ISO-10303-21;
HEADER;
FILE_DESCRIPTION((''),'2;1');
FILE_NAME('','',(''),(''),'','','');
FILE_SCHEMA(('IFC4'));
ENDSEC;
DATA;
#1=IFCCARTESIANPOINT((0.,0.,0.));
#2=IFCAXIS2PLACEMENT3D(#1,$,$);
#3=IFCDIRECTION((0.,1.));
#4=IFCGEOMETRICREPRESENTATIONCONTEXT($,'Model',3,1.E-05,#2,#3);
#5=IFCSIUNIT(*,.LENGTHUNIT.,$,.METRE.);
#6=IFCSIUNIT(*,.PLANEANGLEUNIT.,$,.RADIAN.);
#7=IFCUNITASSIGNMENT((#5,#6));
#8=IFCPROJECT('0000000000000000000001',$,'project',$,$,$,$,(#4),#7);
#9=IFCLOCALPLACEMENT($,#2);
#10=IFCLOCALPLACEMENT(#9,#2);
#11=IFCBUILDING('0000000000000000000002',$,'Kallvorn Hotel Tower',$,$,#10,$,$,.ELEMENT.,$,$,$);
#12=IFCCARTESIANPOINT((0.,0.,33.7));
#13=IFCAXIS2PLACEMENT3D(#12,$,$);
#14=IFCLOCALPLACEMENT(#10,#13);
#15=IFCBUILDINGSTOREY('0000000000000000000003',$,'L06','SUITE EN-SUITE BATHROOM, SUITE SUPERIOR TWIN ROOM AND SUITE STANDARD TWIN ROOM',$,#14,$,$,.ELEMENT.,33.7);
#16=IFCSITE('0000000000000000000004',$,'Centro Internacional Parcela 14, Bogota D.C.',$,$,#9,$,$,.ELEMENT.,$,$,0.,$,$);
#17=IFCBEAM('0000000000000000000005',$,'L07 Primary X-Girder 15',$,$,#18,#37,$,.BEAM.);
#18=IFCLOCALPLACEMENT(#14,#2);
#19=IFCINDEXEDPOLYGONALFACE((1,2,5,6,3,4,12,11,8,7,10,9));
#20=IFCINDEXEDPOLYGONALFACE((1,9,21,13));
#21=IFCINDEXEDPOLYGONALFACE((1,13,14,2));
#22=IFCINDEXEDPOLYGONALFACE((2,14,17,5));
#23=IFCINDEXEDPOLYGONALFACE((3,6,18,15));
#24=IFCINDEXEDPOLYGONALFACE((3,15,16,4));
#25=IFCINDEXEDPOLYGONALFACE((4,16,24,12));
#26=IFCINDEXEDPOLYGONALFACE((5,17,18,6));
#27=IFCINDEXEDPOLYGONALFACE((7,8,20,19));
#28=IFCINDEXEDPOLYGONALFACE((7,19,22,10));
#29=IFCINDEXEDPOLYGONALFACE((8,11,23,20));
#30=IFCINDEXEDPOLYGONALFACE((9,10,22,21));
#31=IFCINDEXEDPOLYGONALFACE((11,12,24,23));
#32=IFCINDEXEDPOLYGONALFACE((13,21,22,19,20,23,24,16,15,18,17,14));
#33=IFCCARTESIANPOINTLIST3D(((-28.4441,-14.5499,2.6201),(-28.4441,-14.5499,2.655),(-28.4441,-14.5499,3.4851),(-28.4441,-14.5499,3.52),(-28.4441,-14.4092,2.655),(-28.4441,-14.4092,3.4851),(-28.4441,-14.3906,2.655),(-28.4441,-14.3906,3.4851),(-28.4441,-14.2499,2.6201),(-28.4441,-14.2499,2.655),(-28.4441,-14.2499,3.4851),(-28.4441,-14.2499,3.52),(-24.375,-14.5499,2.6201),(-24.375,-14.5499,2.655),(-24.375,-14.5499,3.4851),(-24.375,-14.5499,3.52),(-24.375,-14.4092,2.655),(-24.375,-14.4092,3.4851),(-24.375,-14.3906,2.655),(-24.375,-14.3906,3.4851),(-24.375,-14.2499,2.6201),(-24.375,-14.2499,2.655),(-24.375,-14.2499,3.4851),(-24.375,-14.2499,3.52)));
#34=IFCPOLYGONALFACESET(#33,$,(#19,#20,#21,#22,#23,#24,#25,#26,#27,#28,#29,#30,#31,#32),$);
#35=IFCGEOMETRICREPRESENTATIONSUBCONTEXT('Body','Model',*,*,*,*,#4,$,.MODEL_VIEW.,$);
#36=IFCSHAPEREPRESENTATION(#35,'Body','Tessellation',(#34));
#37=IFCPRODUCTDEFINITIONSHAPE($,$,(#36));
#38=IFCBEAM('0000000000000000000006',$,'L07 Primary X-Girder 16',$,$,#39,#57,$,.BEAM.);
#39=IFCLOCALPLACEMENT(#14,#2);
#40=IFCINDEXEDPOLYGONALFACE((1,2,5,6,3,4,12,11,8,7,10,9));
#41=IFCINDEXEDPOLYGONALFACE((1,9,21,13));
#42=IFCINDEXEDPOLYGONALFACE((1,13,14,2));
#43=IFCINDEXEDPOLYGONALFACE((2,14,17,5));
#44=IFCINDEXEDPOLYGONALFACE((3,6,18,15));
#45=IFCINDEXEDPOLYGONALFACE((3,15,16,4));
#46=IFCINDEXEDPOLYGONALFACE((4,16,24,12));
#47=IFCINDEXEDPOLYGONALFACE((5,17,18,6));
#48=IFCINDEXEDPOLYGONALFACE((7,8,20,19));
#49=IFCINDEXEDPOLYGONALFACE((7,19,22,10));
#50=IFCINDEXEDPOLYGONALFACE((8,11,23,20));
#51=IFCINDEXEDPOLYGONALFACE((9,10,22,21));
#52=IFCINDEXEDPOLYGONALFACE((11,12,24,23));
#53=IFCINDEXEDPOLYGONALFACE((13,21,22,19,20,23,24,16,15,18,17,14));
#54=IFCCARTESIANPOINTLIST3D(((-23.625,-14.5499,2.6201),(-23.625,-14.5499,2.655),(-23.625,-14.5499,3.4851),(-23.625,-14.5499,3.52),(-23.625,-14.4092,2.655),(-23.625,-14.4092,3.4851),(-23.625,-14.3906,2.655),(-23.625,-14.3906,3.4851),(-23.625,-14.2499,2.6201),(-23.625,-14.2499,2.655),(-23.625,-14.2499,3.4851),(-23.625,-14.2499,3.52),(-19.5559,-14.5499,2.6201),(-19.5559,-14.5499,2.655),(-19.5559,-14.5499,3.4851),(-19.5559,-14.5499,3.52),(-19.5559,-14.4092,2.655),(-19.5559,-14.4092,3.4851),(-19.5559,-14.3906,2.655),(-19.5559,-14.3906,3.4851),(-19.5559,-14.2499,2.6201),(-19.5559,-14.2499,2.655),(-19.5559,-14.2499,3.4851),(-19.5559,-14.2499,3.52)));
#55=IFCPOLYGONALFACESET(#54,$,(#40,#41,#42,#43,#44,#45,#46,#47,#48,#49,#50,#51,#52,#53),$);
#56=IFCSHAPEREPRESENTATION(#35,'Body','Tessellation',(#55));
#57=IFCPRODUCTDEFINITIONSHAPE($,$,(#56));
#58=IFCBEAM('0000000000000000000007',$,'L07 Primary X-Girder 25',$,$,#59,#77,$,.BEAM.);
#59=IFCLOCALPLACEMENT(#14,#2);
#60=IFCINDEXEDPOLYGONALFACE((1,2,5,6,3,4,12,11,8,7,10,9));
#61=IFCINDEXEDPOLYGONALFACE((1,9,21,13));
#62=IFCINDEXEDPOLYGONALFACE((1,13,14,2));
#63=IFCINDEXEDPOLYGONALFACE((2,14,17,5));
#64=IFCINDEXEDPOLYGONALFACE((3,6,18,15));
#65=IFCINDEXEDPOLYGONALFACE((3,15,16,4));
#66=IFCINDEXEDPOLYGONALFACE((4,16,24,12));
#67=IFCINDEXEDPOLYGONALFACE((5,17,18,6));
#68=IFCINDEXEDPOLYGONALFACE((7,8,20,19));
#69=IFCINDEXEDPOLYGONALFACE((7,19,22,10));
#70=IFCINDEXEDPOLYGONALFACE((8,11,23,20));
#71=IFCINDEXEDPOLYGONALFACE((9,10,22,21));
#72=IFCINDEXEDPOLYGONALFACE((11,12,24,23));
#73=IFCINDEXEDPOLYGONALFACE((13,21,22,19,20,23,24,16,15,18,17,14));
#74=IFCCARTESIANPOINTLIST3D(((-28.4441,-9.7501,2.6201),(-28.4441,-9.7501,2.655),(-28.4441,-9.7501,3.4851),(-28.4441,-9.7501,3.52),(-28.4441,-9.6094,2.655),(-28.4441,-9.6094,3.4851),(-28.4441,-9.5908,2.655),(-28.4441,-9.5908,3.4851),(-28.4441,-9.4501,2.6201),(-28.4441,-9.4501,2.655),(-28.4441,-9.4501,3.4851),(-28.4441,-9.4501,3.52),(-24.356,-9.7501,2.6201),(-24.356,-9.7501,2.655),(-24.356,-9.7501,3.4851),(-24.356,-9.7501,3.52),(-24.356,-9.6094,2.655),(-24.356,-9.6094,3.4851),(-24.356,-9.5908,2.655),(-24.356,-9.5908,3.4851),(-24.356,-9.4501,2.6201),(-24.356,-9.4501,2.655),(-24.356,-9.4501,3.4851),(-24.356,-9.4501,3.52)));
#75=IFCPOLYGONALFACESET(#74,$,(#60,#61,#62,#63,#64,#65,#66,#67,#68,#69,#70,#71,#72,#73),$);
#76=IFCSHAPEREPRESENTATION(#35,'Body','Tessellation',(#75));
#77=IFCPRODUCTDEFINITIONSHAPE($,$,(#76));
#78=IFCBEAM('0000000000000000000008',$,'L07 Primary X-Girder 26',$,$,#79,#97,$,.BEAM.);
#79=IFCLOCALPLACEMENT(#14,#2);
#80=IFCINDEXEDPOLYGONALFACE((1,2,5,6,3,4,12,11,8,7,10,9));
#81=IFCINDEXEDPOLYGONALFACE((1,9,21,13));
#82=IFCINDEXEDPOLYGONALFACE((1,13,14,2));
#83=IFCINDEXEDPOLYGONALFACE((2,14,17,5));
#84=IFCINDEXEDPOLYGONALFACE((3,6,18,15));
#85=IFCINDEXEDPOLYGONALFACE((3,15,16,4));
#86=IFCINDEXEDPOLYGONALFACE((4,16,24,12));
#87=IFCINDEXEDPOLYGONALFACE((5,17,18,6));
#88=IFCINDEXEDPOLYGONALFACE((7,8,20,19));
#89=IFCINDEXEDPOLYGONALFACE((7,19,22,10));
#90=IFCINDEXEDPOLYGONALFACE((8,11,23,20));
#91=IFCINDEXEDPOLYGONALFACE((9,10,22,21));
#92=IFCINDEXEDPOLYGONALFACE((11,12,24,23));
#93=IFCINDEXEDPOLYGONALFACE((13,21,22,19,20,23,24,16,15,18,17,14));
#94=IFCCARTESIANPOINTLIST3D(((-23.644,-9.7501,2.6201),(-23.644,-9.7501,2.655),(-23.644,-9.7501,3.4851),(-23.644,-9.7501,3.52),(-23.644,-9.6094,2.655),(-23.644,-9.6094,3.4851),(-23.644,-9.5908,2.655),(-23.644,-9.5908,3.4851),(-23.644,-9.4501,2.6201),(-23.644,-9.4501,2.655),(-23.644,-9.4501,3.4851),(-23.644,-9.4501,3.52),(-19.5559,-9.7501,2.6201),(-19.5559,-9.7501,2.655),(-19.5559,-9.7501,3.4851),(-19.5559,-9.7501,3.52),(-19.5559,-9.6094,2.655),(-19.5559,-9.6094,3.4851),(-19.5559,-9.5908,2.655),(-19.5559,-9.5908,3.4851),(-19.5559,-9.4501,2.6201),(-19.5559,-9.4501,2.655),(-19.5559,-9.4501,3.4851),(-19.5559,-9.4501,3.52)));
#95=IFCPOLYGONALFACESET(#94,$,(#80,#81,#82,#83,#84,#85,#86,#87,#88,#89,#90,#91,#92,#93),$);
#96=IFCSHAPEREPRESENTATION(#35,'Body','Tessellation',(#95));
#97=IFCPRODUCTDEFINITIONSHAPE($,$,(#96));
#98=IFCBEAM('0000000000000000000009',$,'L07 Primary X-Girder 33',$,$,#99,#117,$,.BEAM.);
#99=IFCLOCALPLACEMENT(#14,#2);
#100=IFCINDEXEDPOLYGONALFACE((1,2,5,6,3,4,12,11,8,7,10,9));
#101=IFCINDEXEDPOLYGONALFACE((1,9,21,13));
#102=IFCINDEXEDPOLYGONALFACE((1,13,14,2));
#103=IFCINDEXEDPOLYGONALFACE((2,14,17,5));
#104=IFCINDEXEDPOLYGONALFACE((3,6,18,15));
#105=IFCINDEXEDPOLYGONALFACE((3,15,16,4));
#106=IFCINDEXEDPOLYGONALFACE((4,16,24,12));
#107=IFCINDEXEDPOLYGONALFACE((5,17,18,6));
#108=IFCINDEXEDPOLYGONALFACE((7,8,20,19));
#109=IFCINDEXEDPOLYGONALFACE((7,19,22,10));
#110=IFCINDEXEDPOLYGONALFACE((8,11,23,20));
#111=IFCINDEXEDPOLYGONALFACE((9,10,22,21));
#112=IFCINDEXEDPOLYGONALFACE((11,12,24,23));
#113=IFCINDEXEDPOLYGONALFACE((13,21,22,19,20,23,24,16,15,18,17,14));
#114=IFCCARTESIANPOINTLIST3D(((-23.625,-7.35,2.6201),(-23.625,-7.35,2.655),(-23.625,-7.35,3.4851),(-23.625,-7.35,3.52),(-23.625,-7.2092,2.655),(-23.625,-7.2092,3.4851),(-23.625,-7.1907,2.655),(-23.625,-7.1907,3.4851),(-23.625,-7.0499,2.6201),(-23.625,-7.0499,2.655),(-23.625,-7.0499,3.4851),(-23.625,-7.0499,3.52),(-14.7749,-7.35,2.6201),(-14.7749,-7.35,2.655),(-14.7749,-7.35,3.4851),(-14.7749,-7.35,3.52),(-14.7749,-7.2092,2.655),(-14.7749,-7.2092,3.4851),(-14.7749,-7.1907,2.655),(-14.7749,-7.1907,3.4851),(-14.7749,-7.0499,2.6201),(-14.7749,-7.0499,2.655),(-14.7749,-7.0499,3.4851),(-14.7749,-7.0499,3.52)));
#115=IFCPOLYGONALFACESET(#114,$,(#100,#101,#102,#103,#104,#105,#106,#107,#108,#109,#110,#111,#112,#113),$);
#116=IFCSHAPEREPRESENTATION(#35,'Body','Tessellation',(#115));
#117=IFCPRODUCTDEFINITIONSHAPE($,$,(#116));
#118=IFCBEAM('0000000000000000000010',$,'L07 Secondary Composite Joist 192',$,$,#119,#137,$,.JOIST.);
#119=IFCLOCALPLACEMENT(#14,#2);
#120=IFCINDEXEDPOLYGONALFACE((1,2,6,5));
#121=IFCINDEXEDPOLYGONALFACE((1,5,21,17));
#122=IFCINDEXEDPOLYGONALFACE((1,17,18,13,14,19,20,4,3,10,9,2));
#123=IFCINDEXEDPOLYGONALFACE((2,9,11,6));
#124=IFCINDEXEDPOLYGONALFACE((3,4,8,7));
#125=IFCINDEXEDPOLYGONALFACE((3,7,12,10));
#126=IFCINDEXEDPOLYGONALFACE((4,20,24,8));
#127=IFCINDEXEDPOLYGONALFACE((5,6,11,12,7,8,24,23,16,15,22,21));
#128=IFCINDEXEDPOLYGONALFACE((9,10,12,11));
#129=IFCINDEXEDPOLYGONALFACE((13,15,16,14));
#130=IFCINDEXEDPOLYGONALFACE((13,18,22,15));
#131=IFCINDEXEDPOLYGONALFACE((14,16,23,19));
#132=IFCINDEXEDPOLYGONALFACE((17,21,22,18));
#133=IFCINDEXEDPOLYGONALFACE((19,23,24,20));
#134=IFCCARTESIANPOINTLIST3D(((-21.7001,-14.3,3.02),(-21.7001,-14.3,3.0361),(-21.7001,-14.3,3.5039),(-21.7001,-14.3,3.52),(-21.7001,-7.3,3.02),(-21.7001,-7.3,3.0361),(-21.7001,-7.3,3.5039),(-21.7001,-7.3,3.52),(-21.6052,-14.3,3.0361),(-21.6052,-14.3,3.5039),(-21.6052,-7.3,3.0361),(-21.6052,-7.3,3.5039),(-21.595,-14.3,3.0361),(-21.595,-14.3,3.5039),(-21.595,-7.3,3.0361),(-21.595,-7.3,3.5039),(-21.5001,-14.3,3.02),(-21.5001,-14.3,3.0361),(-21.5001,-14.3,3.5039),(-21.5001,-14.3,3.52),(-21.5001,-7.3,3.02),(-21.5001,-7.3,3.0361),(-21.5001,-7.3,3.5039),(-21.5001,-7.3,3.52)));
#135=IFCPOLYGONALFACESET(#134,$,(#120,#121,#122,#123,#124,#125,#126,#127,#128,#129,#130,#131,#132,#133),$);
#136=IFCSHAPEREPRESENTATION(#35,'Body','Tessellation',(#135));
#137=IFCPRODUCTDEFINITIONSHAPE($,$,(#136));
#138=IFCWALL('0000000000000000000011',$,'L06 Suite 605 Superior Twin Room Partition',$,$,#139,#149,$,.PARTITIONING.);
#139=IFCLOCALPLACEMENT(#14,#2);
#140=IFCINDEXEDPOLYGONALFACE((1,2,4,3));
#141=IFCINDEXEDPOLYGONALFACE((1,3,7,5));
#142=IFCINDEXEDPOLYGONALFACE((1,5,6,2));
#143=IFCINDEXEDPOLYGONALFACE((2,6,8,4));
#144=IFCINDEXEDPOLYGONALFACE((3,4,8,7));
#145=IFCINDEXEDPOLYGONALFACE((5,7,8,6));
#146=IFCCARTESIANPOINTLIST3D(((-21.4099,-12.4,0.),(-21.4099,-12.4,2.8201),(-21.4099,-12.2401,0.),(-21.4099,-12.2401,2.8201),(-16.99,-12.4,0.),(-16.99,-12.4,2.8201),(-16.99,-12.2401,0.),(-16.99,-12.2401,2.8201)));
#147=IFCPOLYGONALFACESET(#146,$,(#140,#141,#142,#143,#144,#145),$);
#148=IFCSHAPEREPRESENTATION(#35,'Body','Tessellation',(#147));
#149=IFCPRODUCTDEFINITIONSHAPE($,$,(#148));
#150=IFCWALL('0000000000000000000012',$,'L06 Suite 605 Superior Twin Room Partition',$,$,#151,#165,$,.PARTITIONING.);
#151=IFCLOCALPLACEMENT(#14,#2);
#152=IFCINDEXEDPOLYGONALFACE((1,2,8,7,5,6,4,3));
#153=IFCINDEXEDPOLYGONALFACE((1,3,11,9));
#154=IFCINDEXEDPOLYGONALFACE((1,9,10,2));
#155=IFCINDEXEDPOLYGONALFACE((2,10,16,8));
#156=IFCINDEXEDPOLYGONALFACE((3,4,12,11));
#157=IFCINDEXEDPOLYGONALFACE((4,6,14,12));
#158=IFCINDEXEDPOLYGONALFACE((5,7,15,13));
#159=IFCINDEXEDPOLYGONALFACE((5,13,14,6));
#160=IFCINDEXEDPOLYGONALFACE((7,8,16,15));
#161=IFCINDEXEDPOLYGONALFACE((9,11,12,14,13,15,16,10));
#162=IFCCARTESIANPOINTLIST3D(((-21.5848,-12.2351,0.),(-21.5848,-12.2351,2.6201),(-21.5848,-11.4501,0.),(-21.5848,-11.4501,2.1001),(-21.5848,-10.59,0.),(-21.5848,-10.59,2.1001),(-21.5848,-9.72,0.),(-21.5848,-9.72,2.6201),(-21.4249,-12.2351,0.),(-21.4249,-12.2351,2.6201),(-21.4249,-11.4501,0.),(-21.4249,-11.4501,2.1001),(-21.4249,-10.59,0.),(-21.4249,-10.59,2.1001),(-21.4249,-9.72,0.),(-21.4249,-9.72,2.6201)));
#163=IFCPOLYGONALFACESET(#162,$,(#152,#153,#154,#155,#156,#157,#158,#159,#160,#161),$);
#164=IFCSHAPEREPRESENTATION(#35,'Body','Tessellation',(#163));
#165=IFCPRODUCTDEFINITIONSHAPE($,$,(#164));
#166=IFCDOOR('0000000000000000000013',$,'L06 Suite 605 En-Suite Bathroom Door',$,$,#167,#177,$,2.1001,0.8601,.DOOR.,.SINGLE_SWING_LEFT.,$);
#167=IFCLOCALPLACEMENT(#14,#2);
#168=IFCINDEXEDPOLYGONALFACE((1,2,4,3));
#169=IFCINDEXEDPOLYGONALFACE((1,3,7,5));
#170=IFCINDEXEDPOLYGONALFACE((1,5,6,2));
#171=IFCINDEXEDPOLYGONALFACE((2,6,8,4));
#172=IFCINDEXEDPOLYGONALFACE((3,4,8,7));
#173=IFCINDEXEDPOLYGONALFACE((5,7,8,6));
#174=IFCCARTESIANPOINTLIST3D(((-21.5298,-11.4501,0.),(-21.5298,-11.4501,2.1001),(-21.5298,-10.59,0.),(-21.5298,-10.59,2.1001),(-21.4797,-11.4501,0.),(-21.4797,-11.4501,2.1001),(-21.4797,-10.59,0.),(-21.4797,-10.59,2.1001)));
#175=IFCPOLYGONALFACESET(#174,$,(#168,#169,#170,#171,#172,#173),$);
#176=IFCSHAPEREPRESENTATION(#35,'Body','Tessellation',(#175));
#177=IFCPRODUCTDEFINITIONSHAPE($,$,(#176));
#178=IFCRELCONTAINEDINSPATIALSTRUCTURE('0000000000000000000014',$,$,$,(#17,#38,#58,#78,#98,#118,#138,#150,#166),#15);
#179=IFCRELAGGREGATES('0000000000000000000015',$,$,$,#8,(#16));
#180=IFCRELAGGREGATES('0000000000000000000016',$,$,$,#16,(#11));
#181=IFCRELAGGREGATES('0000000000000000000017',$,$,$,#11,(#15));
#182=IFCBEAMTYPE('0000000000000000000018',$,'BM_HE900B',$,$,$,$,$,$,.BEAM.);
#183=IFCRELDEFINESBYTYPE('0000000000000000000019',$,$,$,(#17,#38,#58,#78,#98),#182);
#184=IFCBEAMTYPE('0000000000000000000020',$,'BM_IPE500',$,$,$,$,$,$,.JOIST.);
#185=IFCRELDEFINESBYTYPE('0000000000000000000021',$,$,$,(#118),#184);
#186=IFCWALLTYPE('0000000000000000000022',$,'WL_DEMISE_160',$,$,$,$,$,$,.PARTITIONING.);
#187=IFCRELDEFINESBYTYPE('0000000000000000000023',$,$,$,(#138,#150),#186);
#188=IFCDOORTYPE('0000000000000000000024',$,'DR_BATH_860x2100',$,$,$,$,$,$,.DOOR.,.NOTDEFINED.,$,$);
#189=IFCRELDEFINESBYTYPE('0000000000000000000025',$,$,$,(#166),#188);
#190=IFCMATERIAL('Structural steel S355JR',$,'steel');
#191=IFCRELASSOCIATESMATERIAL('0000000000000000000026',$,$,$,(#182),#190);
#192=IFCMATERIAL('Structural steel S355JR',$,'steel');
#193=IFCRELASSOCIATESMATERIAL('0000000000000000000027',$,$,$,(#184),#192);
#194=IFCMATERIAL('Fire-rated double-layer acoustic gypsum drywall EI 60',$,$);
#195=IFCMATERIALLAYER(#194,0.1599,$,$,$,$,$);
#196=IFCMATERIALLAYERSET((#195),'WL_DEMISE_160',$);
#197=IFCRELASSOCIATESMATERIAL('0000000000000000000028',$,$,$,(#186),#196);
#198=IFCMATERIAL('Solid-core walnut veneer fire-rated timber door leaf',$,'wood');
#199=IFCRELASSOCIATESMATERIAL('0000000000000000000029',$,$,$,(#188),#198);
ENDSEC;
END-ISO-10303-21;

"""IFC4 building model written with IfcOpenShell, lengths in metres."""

from ifc_helpers import new_model, si_unit, direction, frame, frame_2d, origin, origin_2d, place, context, subcontext, project, spatial, rectangle, i_section, extrude, material, layer, layer_set, material_profile, profile_set, type_object, element, fill, save


model = new_model("IFC4")

# Units and contexts
model_context = context("Model", 3, precision=1e-05, world=origin(), true_north=direction((0.0, 1.0)))
body_context = subcontext(model_context, "Body", "Model", "MODEL_VIEW")
ifc_project = project(units=[si_unit("LENGTHUNIT", "METRE"), si_unit("PLANEANGLEUNIT", "RADIAN")], contexts=[model_context])

# Site, building, storey
site_placement = place(None, origin())
site = spatial("IfcSite", under=ifc_project, at=site_placement, Name="Centro Internacional Parcela 14, Bogota D.C.", CompositionType="ELEMENT", RefElevation=0.0)
building_placement = place(site_placement, origin())
building = spatial("IfcBuilding", under=site, at=building_placement, Name="Kallvorn Hotel Tower", CompositionType="ELEMENT")
storey_placement = place(building_placement, frame((0.0, 0.0, 33.7)))
storey = spatial("IfcBuildingStorey", under=building, at=storey_placement, Name="L06", Description="SUITE EN-SUITE BATHROOM, SUITE SUPERIOR TWIN ROOM AND SUITE STANDARD TWIN ROOM", CompositionType="ELEMENT", Elevation=33.7)

# Beams
ifc_material_1 = material(Name="Structural steel S355JR", Category="steel")
ifc_material_profile_1 = material_profile(ifc_material_1, i_section(OverallWidth=0.3, OverallDepth=0.8999, WebThickness=0.0186, FlangeThickness=0.0349, at=origin_2d()), Name="HE 900 B")
ifc_profile_set_1 = profile_set([ifc_material_profile_1], Name="Structural steel S355JR")
beam_type_1 = type_object("IfcBeamType", Name="BM_HE900B", PredefinedType="BEAM", material=ifc_profile_set_1)
for number, where, z_axis, x_axis, name in (
    (1, (-28.4441, -14.3999, 3.0701), (1.0, 0.0, 0.0), (0.0, 1.0, 0.0), "L07 Primary X-Girder 15"),
    (2, (-23.625, -14.3999, 3.0701), (1.0, 0.0, 0.0), (0.0, 1.0, 0.0), "L07 Primary X-Girder 16"),
):
    element("IfcBeam", number, at=place(storey_placement, frame(where, z_axis=z_axis, x_axis=x_axis)), inside=storey, type_object=beam_type_1, Name=name, PredefinedType="BEAM", context=body_context, shape_type="SweptSolid", body=[
        extrude(i_section(OverallWidth=0.3, OverallDepth=0.8999, WebThickness=0.0186, FlangeThickness=0.0349, at=origin_2d()), origin(), (0.0, 0.0, 1.0), 4.0691),
    ])
for number, where, z_axis, x_axis, name in (
    (3, (-28.4441, -9.6001, 3.0701), (1.0, 0.0, 0.0), (0.0, 1.0, 0.0), "L07 Primary X-Girder 25"),
    (4, (-23.644, -9.6001, 3.0701), (1.0, 0.0, 0.0), (0.0, 1.0, 0.0), "L07 Primary X-Girder 26"),
):
    element("IfcBeam", number, at=place(storey_placement, frame(where, z_axis=z_axis, x_axis=x_axis)), inside=storey, type_object=beam_type_1, Name=name, PredefinedType="BEAM", context=body_context, shape_type="SweptSolid", body=[
        extrude(i_section(OverallWidth=0.3, OverallDepth=0.8999, WebThickness=0.0186, FlangeThickness=0.0349, at=origin_2d()), origin(), (0.0, 0.0, 1.0), 4.0881),
    ])
beam_1_placement = place(storey_placement, frame((-23.625, -7.2, 3.0701), z_axis=(1.0, 0.0, 0.0), x_axis=(0.0, 1.0, 0.0)))
element("IfcBeam", 5, at=beam_1_placement, inside=storey, type_object=beam_type_1, Name="L07 Primary X-Girder 33", PredefinedType="BEAM", context=body_context, shape_type="SweptSolid", body=[
    extrude(i_section(OverallWidth=0.3, OverallDepth=0.8999, WebThickness=0.0186, FlangeThickness=0.0349, at=origin_2d()), origin(), (0.0, 0.0, 1.0), 8.8501),
])
ifc_material_2 = material(Name="Structural steel S355JR", Category="steel")
ifc_material_profile_2 = material_profile(ifc_material_2, i_section(OverallWidth=0.2, OverallDepth=0.5, WebThickness=0.0103, FlangeThickness=0.0161, at=origin_2d()), Name="IPE 500")
ifc_profile_set_2 = profile_set([ifc_material_profile_2], Name="Structural steel S355JR")
beam_type_2 = type_object("IfcBeamType", Name="BM_IPE500", PredefinedType="JOIST", material=ifc_profile_set_2)
beam_2_placement = place(storey_placement, frame((-21.6001, -14.3, 3.27), z_axis=(0.0, 1.0, 0.0), x_axis=(-1.0, 0.0, 0.0)))
element("IfcBeam", 6, at=beam_2_placement, inside=storey, type_object=beam_type_2, Name="L07 Secondary Composite Joist 192", PredefinedType="JOIST", context=body_context, shape_type="SweptSolid", body=[
    extrude(i_section(OverallWidth=0.2, OverallDepth=0.5, WebThickness=0.0103, FlangeThickness=0.0161, at=origin_2d()), origin(), (0.0, 0.0, 1.0), 7.0),
])

# Wall
ifc_material_3 = material(Name="Fire-rated double-layer acoustic gypsum drywall EI 60")
ifc_layer = layer(ifc_material_3, 0.1599)
ifc_layer_set = layer_set([ifc_layer], Name="WL_DEMISE_160")
wall_type = type_object("IfcWallType", Name="WL_DEMISE_160", PredefinedType="PARTITIONING", material=ifc_layer_set)
wall_1_placement = place(storey_placement, frame((-21.4099, -12.3201, 0.0), z_axis=(0.0, 0.0, 1.0), x_axis=(1.0, 0.0, 0.0)))
element("IfcWall", 7, at=wall_1_placement, inside=storey, type_object=wall_type, Name="L06 Suite 605 Superior Twin Room Partition", PredefinedType="PARTITIONING", context=body_context, shape_type="SweptSolid", body=[
    extrude(rectangle(XDim=4.4199, YDim=0.1599, at=frame_2d((2.21, 0.0))), origin(), (0.0, 0.0, 1.0), 2.8201),
])

# Wall, opening, door
wall_2_placement = place(storey_placement, frame((-21.5049, -12.2351, 0.0), z_axis=(0.0, 0.0, 1.0), x_axis=(0.0, 1.0, 0.0)))
wall_2 = element("IfcWall", 8, at=wall_2_placement, inside=storey, type_object=wall_type, Name="L06 Suite 605 Superior Twin Room Partition", PredefinedType="PARTITIONING", context=body_context, shape_type="SweptSolid", body=[
    extrude(rectangle(XDim=2.5151, YDim=0.1599, at=frame_2d((1.2576, 0.0))), origin(), (0.0, 0.0, 1.0), 2.6201),
])
opening_placement = place(wall_2_placement, frame((0.7849, 0.0, 0.0)))
opening = element("IfcOpeningElement", 9, at=opening_placement, cuts=wall_2, PredefinedType="OPENING", context=body_context, shape_type="SweptSolid", body=[
    extrude(rectangle(XDim=0.8601, YDim=2.1001, at=frame_2d((0.4302, 1.05))), frame((0.0, 0.095, 0.0), z_axis=(0.0, -1.0, 0.0), x_axis=(1.0, 0.0, 0.0)), (0.0, 0.0, 1.0), 0.1899),
])
ifc_material_4 = material(Name="Solid-core walnut veneer fire-rated timber door leaf", Category="wood")
door_type = type_object("IfcDoorType", Name="DR_BATH_860x2100", OperationType="NOTDEFINED", PredefinedType="DOOR", material=ifc_material_4)
door_placement = place(opening_placement, origin())
door = element("IfcDoor", 10, at=door_placement, inside=storey, type_object=door_type, Name="L06 Suite 605 En-Suite Bathroom Door", OperationType="SINGLE_SWING_LEFT", OverallHeight=2.1001, OverallWidth=0.8601, PredefinedType="DOOR", context=body_context, shape_type="SweptSolid", body=[
    extrude(rectangle(XDim=0.8601, YDim=2.1001, at=frame_2d((0.4302, 1.05))), frame((0.0, 0.0249, 0.0), z_axis=(0.0, -1.0, 0.0), x_axis=(1.0, 0.0, 0.0)), (0.0, 0.0, 1.0), 0.05),
])
fill(opening, door)

save(model, "model.ifc")
